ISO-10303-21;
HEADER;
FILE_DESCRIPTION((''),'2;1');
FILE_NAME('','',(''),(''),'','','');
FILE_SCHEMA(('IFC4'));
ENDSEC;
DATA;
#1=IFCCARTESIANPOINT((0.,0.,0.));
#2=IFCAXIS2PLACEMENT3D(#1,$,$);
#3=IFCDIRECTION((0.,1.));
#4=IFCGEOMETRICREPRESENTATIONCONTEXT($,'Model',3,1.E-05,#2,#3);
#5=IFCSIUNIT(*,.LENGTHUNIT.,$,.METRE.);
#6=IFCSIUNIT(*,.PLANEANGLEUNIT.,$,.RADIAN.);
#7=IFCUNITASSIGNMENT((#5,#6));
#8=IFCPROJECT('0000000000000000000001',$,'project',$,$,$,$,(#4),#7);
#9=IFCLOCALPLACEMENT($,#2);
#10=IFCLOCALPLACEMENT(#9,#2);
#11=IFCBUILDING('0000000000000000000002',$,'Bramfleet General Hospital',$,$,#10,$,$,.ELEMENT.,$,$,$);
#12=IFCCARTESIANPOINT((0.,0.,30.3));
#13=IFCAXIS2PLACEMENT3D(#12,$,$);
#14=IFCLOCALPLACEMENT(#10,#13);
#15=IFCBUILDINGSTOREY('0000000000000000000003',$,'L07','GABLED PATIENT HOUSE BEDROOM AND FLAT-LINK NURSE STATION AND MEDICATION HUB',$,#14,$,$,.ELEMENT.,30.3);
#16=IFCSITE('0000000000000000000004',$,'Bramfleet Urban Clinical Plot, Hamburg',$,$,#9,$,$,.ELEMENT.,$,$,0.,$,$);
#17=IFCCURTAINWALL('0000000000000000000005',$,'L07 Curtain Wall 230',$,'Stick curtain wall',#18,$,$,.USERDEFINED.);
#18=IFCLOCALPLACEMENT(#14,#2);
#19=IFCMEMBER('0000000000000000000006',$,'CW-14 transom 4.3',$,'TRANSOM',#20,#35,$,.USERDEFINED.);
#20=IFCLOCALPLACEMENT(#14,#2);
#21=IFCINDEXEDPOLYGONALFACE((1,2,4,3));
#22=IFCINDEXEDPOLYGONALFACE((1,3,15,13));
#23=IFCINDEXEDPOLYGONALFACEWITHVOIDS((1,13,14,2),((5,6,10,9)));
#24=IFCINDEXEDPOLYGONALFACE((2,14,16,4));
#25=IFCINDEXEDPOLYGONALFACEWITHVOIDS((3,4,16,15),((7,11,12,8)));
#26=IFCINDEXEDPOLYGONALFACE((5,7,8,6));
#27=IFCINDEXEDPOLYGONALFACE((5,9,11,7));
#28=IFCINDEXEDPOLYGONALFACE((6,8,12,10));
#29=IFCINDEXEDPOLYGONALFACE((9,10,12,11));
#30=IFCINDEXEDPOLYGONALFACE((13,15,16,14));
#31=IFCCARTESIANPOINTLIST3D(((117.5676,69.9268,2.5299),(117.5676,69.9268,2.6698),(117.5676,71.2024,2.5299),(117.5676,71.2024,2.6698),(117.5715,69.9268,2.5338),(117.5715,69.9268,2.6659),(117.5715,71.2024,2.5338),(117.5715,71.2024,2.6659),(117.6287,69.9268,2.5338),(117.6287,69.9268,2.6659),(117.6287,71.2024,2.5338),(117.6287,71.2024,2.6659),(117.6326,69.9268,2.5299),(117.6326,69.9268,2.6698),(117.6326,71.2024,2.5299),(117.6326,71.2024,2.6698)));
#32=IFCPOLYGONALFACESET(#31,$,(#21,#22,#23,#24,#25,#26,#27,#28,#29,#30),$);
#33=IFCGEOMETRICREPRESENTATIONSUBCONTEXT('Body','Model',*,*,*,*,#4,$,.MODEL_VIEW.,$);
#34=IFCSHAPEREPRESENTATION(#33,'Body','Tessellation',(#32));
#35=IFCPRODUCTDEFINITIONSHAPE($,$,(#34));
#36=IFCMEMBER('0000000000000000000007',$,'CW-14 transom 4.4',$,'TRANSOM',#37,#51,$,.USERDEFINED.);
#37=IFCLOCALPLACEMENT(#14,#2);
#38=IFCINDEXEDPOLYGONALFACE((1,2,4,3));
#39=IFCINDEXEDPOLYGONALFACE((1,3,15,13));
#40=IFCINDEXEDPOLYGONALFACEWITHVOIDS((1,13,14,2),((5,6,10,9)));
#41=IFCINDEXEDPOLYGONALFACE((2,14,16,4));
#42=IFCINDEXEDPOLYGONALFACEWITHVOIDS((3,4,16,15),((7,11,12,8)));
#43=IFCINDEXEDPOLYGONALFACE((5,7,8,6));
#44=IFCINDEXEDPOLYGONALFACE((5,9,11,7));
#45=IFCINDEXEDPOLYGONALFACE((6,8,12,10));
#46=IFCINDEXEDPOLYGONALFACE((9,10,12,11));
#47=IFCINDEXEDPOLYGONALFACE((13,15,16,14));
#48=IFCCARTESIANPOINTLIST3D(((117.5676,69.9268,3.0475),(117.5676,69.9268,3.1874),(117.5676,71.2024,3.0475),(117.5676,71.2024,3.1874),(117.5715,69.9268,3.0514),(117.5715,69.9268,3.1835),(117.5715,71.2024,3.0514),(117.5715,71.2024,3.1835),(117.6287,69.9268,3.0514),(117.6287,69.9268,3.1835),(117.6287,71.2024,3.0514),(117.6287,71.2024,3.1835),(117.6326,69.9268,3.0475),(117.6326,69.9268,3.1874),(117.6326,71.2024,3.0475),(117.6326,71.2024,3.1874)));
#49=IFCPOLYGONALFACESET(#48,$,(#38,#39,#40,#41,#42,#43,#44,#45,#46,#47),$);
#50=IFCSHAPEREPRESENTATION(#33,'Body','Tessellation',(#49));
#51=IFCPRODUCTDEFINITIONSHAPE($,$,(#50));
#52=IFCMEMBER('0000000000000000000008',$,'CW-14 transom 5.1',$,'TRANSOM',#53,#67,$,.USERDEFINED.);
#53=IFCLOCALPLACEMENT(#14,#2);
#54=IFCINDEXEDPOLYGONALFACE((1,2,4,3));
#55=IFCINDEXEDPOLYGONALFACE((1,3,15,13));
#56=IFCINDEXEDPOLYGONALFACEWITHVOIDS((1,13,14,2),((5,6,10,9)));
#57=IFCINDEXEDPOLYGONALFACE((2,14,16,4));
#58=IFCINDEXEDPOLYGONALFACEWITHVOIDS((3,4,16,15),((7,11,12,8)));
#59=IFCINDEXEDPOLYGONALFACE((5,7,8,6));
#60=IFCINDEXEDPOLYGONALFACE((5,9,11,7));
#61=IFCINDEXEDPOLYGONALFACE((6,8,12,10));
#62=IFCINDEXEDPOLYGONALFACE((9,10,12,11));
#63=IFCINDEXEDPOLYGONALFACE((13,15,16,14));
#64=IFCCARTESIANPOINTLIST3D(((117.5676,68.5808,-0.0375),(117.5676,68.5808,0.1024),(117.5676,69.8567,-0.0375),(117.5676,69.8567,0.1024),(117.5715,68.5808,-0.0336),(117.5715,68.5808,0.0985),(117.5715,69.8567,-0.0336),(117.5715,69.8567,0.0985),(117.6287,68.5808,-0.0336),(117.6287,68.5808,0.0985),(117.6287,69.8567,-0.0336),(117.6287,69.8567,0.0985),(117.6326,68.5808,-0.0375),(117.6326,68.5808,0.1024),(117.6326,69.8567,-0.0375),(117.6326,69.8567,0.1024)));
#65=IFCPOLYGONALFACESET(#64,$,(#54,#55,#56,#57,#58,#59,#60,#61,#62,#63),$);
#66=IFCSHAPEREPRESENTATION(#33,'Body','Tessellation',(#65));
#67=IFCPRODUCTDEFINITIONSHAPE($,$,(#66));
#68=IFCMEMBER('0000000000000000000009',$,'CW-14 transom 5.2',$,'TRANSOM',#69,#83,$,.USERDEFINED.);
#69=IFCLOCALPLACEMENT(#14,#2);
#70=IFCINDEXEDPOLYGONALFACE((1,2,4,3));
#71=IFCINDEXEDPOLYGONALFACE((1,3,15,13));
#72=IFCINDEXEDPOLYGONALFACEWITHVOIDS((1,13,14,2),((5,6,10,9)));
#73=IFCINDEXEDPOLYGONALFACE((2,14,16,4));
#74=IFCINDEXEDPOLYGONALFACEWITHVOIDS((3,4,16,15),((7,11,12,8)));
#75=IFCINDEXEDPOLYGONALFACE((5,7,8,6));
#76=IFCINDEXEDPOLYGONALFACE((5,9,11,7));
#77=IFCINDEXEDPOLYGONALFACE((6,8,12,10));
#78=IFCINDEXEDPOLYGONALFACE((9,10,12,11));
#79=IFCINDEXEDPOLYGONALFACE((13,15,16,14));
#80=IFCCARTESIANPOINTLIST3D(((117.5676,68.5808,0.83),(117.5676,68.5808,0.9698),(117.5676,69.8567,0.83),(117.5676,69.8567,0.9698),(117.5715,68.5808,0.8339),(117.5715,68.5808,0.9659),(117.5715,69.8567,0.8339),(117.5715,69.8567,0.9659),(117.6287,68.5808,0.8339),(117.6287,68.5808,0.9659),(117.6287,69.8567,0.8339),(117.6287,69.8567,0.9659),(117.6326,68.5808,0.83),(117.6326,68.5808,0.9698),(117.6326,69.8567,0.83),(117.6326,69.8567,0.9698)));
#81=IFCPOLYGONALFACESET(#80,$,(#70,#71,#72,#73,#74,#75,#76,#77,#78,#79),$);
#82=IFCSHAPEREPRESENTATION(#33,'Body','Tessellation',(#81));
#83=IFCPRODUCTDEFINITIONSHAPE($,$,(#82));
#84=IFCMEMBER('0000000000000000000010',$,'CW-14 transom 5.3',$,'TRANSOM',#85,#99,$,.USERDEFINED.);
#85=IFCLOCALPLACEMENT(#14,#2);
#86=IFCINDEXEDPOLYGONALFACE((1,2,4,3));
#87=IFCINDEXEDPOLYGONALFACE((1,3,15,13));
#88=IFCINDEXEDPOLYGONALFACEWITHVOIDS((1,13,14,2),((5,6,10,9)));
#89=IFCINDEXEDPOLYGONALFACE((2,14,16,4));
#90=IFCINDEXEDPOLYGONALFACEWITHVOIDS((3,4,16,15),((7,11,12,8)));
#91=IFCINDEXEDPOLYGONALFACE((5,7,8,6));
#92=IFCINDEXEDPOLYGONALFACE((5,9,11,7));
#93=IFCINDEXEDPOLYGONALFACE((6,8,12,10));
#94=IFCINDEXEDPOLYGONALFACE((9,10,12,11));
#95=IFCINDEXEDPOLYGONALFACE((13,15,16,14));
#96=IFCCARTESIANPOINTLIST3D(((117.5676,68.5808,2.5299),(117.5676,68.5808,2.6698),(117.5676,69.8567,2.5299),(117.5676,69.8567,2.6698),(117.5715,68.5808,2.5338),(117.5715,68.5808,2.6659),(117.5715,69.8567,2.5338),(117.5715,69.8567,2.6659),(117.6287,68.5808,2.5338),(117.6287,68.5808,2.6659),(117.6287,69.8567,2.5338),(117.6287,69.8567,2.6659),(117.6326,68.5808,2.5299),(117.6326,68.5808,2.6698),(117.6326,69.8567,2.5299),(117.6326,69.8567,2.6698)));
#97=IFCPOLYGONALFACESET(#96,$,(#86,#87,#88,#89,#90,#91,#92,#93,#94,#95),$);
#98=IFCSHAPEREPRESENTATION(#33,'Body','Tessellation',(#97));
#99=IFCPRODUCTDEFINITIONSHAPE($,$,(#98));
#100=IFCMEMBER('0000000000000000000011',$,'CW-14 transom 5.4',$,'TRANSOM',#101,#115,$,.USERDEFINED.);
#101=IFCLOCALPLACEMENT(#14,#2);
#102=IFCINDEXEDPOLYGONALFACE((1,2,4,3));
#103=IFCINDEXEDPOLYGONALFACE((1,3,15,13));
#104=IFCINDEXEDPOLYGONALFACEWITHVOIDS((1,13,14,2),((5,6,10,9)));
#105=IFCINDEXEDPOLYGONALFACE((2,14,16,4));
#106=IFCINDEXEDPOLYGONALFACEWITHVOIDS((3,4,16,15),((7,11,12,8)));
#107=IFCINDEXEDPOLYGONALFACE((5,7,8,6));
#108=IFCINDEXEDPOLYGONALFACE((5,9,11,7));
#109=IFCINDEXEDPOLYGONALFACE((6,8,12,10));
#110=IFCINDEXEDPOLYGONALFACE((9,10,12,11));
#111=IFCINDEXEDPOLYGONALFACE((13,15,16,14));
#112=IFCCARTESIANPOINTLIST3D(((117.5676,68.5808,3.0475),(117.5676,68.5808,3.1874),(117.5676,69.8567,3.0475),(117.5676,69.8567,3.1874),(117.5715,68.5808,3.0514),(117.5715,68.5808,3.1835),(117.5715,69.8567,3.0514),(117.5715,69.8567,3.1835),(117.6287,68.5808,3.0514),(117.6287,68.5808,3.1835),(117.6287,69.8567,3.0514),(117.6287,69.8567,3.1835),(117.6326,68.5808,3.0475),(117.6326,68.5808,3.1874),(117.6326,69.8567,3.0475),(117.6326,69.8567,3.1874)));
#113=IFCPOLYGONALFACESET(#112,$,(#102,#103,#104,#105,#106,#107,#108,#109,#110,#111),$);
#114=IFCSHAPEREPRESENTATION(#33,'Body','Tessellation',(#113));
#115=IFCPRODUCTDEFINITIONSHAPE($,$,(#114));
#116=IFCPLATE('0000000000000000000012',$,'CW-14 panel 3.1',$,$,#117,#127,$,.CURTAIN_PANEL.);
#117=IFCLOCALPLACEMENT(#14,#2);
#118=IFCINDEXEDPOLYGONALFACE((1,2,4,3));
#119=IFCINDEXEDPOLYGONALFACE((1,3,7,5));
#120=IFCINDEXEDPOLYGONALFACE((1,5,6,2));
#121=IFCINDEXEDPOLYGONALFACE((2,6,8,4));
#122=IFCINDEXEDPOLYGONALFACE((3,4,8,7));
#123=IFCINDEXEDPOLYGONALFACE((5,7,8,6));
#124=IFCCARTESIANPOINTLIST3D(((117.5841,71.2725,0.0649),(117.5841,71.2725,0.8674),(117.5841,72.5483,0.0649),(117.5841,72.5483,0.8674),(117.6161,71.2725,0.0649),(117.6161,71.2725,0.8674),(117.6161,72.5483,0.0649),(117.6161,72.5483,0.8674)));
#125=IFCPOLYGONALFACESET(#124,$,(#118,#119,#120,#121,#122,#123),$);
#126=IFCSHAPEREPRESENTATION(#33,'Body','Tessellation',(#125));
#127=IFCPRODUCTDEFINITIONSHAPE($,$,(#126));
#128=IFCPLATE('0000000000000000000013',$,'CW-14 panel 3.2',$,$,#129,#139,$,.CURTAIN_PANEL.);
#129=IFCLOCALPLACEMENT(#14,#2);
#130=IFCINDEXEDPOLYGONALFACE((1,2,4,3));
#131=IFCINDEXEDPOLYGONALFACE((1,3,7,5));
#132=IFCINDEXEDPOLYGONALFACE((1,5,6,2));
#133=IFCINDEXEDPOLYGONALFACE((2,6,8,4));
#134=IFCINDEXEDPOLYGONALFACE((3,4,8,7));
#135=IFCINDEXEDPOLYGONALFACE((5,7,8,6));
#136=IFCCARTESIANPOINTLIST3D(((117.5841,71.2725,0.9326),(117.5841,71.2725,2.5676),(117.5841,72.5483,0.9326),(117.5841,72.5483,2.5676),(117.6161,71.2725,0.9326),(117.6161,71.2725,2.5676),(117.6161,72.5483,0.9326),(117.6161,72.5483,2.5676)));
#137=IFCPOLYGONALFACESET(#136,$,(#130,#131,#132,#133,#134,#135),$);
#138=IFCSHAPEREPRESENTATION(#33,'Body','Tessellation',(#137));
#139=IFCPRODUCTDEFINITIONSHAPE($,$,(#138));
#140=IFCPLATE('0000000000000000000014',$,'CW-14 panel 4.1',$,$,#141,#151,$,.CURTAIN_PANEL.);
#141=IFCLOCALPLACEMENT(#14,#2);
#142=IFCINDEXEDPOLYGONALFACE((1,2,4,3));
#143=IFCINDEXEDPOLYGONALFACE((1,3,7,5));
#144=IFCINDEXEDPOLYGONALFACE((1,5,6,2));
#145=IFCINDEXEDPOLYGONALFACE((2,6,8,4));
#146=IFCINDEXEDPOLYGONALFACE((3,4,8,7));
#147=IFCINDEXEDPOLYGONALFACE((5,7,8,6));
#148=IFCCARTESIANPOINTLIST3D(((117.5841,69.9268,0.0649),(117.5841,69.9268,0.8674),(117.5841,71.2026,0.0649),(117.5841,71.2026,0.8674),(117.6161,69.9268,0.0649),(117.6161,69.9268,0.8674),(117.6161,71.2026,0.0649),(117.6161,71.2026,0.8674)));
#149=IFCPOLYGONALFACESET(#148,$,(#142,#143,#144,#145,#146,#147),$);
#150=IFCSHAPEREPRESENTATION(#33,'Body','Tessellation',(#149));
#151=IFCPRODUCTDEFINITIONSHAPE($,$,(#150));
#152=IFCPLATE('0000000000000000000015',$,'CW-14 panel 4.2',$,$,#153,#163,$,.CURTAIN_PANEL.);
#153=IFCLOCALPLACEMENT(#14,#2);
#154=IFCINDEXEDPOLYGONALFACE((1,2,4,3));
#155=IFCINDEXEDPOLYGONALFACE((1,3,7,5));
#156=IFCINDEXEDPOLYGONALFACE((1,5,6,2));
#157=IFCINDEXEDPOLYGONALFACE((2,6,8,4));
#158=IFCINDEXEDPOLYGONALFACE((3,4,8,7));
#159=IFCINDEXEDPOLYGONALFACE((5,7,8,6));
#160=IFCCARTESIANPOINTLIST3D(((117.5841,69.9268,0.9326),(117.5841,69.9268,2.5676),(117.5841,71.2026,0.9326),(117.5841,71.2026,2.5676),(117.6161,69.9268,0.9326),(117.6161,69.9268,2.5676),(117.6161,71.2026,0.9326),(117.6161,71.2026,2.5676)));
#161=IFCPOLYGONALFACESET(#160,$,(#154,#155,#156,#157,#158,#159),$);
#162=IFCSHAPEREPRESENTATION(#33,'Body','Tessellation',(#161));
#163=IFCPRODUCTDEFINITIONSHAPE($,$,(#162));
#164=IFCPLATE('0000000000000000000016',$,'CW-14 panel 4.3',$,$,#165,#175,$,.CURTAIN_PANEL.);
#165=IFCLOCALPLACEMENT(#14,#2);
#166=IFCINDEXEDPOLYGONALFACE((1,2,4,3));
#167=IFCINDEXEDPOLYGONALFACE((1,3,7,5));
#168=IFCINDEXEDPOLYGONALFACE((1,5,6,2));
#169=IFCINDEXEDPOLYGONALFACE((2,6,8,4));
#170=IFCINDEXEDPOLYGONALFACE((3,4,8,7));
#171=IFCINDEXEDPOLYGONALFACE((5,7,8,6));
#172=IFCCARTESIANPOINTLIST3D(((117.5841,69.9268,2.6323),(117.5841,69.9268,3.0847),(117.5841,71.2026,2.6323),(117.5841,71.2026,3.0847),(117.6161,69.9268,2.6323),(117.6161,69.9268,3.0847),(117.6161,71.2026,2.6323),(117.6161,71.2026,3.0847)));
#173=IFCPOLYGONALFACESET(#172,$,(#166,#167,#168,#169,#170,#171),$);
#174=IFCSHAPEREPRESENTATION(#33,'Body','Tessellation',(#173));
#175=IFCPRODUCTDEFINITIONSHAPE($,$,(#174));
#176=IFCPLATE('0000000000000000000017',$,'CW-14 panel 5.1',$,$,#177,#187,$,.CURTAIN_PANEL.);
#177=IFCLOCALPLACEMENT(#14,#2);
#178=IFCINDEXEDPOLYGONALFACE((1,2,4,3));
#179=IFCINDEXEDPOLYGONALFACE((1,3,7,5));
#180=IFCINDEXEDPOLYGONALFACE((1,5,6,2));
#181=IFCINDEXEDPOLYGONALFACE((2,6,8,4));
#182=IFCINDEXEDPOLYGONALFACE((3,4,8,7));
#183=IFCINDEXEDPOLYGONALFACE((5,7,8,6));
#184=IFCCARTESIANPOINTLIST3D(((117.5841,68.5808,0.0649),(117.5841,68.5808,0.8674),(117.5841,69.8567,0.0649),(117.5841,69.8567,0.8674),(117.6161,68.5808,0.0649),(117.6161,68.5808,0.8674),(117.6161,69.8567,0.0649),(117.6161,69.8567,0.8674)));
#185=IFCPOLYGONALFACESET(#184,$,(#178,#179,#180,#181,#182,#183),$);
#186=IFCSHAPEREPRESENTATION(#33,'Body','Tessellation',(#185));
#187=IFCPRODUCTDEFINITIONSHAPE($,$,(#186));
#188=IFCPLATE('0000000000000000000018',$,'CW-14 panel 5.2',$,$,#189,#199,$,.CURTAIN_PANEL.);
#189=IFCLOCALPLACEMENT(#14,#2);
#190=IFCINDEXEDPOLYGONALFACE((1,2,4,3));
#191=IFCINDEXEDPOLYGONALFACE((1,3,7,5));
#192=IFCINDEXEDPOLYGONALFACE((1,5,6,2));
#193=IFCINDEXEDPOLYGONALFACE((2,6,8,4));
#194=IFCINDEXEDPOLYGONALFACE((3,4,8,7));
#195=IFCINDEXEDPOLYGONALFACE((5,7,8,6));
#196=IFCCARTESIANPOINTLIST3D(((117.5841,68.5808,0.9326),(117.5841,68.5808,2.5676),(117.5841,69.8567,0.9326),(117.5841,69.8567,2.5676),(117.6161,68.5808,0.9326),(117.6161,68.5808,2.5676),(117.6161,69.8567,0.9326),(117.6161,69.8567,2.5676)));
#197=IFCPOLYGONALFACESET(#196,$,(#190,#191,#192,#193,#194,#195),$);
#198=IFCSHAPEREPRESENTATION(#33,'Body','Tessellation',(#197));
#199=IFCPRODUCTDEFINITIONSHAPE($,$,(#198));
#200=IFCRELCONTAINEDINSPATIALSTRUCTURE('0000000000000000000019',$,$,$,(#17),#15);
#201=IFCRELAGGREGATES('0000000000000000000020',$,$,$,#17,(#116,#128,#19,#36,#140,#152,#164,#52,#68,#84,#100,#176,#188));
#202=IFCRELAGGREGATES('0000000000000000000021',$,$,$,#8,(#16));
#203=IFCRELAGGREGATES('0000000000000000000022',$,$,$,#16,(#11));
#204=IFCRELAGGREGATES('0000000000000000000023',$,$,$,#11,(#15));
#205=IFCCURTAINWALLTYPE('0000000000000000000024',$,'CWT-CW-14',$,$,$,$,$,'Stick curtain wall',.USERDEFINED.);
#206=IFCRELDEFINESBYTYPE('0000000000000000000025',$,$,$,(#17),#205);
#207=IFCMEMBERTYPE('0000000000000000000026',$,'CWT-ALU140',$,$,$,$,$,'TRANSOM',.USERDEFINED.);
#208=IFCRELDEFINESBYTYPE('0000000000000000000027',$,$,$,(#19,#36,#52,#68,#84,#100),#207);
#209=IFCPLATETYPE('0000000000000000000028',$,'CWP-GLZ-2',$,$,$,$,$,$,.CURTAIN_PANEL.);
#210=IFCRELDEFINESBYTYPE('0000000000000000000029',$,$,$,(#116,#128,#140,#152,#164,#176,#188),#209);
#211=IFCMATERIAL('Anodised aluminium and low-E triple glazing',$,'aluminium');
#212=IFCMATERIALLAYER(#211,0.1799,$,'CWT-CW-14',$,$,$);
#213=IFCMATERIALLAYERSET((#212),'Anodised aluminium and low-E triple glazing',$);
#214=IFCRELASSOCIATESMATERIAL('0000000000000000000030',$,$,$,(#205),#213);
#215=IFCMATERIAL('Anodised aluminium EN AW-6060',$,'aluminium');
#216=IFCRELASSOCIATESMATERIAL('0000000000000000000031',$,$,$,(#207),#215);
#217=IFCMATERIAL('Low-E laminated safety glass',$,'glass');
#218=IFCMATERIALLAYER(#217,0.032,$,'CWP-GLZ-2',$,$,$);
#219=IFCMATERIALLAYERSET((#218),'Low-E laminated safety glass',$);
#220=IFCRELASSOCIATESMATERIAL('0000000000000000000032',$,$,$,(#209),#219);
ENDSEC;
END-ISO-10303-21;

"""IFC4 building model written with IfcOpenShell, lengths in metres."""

from ifc_helpers import new_model, si_unit, direction, frame, origin, origin_2d, place, context, subcontext, project, spatial, rectangle, hollow_rectangle, extrude, material, layer, layer_set, material_profile, profile_set, type_object, element, aggregate, save


model = new_model("IFC4")

# Units and contexts
model_context = context("Model", 3, precision=1e-05, world=origin(), true_north=direction((0.0, 1.0)))
body_context = subcontext(model_context, "Body", "Model", "MODEL_VIEW")
ifc_project = project(units=[si_unit("LENGTHUNIT", "METRE"), si_unit("PLANEANGLEUNIT", "RADIAN")], contexts=[model_context])

# Site, building, storey
site_placement = place(None, origin())
site = spatial("IfcSite", under=ifc_project, at=site_placement, Name="Bramfleet Urban Clinical Plot, Hamburg", CompositionType="ELEMENT", RefElevation=0.0)
building_placement = place(site_placement, origin())
building = spatial("IfcBuilding", under=site, at=building_placement, Name="Bramfleet General Hospital", CompositionType="ELEMENT")
storey_placement = place(building_placement, frame((0.0, 0.0, 30.3)))
storey = spatial("IfcBuildingStorey", under=building, at=storey_placement, Name="L07", Description="GABLED PATIENT HOUSE BEDROOM AND FLAT-LINK NURSE STATION AND MEDICATION HUB", CompositionType="ELEMENT", Elevation=30.3)

# Curtain wall, members, plates
ifc_material_1 = material(Name="Anodised aluminium and low-E triple glazing", Category="aluminium")
ifc_layer_1 = layer(ifc_material_1, 0.1799, Name="CWT-CW-14")
ifc_layer_set_1 = layer_set([ifc_layer_1], Name="Anodised aluminium and low-E triple glazing")
curtain_wall_type = type_object("IfcCurtainWallType", Name="CWT-CW-14", ElementType="Stick curtain wall", PredefinedType="USERDEFINED", material=ifc_layer_set_1)
curtain_wall_placement = place(storey_placement, origin())
curtain_wall = element("IfcCurtainWall", 1, at=curtain_wall_placement, inside=storey, type_object=curtain_wall_type, Name="L07 Curtain Wall 230", ObjectType="Stick curtain wall", PredefinedType="USERDEFINED")
ifc_material_2 = material(Name="Anodised aluminium EN AW-6060", Category="aluminium")
ifc_material_profile_1 = material_profile(ifc_material_2, hollow_rectangle(XDim=0.0649, YDim=0.1399, WallThickness=0.0039, at=origin_2d()), Name="ALU 140x65x4.0")
ifc_profile_set_1 = profile_set([ifc_material_profile_1], Name="Anodised aluminium EN AW-6060")
member_type_1 = type_object("IfcMemberType", Name="CWT-ALU140", ElementType="TRANSOM", PredefinedType="USERDEFINED", material=ifc_profile_set_1)
member_1_placement = place(storey_placement, frame((117.6001, 71.2024, 2.5999), z_axis=(0.0, -1.0, 0.0), x_axis=(1.0, 0.0, 0.0)))
member_1 = element("IfcMember", 2, at=member_1_placement, type_object=member_type_1, Name="CW-14 transom 4.3", ObjectType="TRANSOM", PredefinedType="USERDEFINED", context=body_context, shape_type="SweptSolid", body=[
    extrude(hollow_rectangle(XDim=0.0649, YDim=0.1399, WallThickness=0.0039, at=origin_2d()), origin(), (0.0, 0.0, 1.0), 1.2756),
])
member_2_placement = place(storey_placement, frame((117.6001, 71.2024, 3.1174), z_axis=(0.0, -1.0, 0.0), x_axis=(1.0, 0.0, 0.0)))
member_2 = element("IfcMember", 3, at=member_2_placement, type_object=member_type_1, Name="CW-14 transom 4.4", ObjectType="TRANSOM", PredefinedType="USERDEFINED", context=body_context, shape_type="SweptSolid", body=[
    extrude(hollow_rectangle(XDim=0.0649, YDim=0.1399, WallThickness=0.0039, at=origin_2d()), origin(), (0.0, 0.0, 1.0), 1.2756),
])
member_3_placement = place(storey_placement, frame((117.6001, 69.8567, 0.0325), z_axis=(0.0, -1.0, 0.0), x_axis=(1.0, 0.0, 0.0)))
member_3 = element("IfcMember", 4, at=member_3_placement, type_object=member_type_1, Name="CW-14 transom 5.1", ObjectType="TRANSOM", PredefinedType="USERDEFINED", context=body_context, shape_type="SweptSolid", body=[
    extrude(hollow_rectangle(XDim=0.0649, YDim=0.1399, WallThickness=0.0039, at=origin_2d()), origin(), (0.0, 0.0, 1.0), 1.2759),
])
member_4_placement = place(storey_placement, frame((117.6001, 69.8567, 0.8999), z_axis=(0.0, -1.0, 0.0), x_axis=(1.0, 0.0, 0.0)))
member_4 = element("IfcMember", 5, at=member_4_placement, type_object=member_type_1, Name="CW-14 transom 5.2", ObjectType="TRANSOM", PredefinedType="USERDEFINED", context=body_context, shape_type="SweptSolid", body=[
    extrude(hollow_rectangle(XDim=0.0649, YDim=0.1399, WallThickness=0.0039, at=origin_2d()), origin(), (0.0, 0.0, 1.0), 1.2759),
])
member_5_placement = place(storey_placement, frame((117.6001, 69.8567, 2.5999), z_axis=(0.0, -1.0, 0.0), x_axis=(1.0, 0.0, 0.0)))
member_5 = element("IfcMember", 6, at=member_5_placement, type_object=member_type_1, Name="CW-14 transom 5.3", ObjectType="TRANSOM", PredefinedType="USERDEFINED", context=body_context, shape_type="SweptSolid", body=[
    extrude(hollow_rectangle(XDim=0.0649, YDim=0.1399, WallThickness=0.0039, at=origin_2d()), origin(), (0.0, 0.0, 1.0), 1.2759),
])
member_6_placement = place(storey_placement, frame((117.6001, 69.8567, 3.1174), z_axis=(0.0, -1.0, 0.0), x_axis=(1.0, 0.0, 0.0)))
member_6 = element("IfcMember", 7, at=member_6_placement, type_object=member_type_1, Name="CW-14 transom 5.4", ObjectType="TRANSOM", PredefinedType="USERDEFINED", context=body_context, shape_type="SweptSolid", body=[
    extrude(hollow_rectangle(XDim=0.0649, YDim=0.1399, WallThickness=0.0039, at=origin_2d()), origin(), (0.0, 0.0, 1.0), 1.2759),
])
ifc_material_3 = material(Name="Low-E laminated safety glass", Category="glass")
ifc_layer_2 = layer(ifc_material_3, 0.032, Name="CWP-GLZ-2")
ifc_layer_set_2 = layer_set([ifc_layer_2], Name="Low-E laminated safety glass")
plate_type = type_object("IfcPlateType", Name="CWP-GLZ-2", PredefinedType="CURTAIN_PANEL", material=ifc_layer_set_2)
plate_1_placement = place(storey_placement, frame((117.6001, 71.9104, 0.0649), z_axis=(0.0, 0.0, 1.0), x_axis=(0.0, -1.0, 0.0)))
plate_1 = element("IfcPlate", 8, at=plate_1_placement, type_object=plate_type, Name="CW-14 panel 3.1", PredefinedType="CURTAIN_PANEL", context=body_context, shape_type="SweptSolid", body=[
    extrude(rectangle(XDim=1.2759, YDim=0.032, at=origin_2d()), origin(), (0.0, 0.0, 1.0), 0.8025),
])
plate_2_placement = place(storey_placement, frame((117.6001, 71.9104, 0.9326), z_axis=(0.0, 0.0, 1.0), x_axis=(0.0, -1.0, 0.0)))
plate_2 = element("IfcPlate", 9, at=plate_2_placement, type_object=plate_type, Name="CW-14 panel 3.2", PredefinedType="CURTAIN_PANEL", context=body_context, shape_type="SweptSolid", body=[
    extrude(rectangle(XDim=1.2759, YDim=0.032, at=origin_2d()), origin(), (0.0, 0.0, 1.0), 1.635),
])
plate_3_placement = place(storey_placement, frame((117.6001, 70.5647, 0.0649), z_axis=(0.0, 0.0, 1.0), x_axis=(0.0, -1.0, 0.0)))
plate_3 = element("IfcPlate", 10, at=plate_3_placement, type_object=plate_type, Name="CW-14 panel 4.1", PredefinedType="CURTAIN_PANEL", context=body_context, shape_type="SweptSolid", body=[
    extrude(rectangle(XDim=1.2759, YDim=0.032, at=origin_2d()), origin(), (0.0, 0.0, 1.0), 0.8025),
])
plate_4_placement = place(storey_placement, frame((117.6001, 70.5647, 0.9326), z_axis=(0.0, 0.0, 1.0), x_axis=(0.0, -1.0, 0.0)))
plate_4 = element("IfcPlate", 11, at=plate_4_placement, type_object=plate_type, Name="CW-14 panel 4.2", PredefinedType="CURTAIN_PANEL", context=body_context, shape_type="SweptSolid", body=[
    extrude(rectangle(XDim=1.2759, YDim=0.032, at=origin_2d()), origin(), (0.0, 0.0, 1.0), 1.635),
])
plate_5_placement = place(storey_placement, frame((117.6001, 70.5647, 2.6323), z_axis=(0.0, 0.0, 1.0), x_axis=(0.0, -1.0, 0.0)))
plate_5 = element("IfcPlate", 12, at=plate_5_placement, type_object=plate_type, Name="CW-14 panel 4.3", PredefinedType="CURTAIN_PANEL", context=body_context, shape_type="SweptSolid", body=[
    extrude(rectangle(XDim=1.2759, YDim=0.032, at=origin_2d()), origin(), (0.0, 0.0, 1.0), 0.4524),
])
plate_6_placement = place(storey_placement, frame((117.6001, 69.2188, 0.0649), z_axis=(0.0, 0.0, 1.0), x_axis=(0.0, -1.0, 0.0)))
plate_6 = element("IfcPlate", 13, at=plate_6_placement, type_object=plate_type, Name="CW-14 panel 5.1", PredefinedType="CURTAIN_PANEL", context=body_context, shape_type="SweptSolid", body=[
    extrude(rectangle(XDim=1.2759, YDim=0.032, at=origin_2d()), origin(), (0.0, 0.0, 1.0), 0.8025),
])
plate_7_placement = place(storey_placement, frame((117.6001, 69.2188, 0.9326), z_axis=(0.0, 0.0, 1.0), x_axis=(0.0, -1.0, 0.0)))
plate_7 = element("IfcPlate", 14, at=plate_7_placement, type_object=plate_type, Name="CW-14 panel 5.2", PredefinedType="CURTAIN_PANEL", context=body_context, shape_type="SweptSolid", body=[
    extrude(rectangle(XDim=1.2759, YDim=0.032, at=origin_2d()), origin(), (0.0, 0.0, 1.0), 1.635),
])
aggregate(curtain_wall, [plate_1, plate_2, member_1, member_2, plate_3, plate_4, plate_5, member_3, member_4, member_5, member_6, plate_6, plate_7])

save(model, "model.ifc")
